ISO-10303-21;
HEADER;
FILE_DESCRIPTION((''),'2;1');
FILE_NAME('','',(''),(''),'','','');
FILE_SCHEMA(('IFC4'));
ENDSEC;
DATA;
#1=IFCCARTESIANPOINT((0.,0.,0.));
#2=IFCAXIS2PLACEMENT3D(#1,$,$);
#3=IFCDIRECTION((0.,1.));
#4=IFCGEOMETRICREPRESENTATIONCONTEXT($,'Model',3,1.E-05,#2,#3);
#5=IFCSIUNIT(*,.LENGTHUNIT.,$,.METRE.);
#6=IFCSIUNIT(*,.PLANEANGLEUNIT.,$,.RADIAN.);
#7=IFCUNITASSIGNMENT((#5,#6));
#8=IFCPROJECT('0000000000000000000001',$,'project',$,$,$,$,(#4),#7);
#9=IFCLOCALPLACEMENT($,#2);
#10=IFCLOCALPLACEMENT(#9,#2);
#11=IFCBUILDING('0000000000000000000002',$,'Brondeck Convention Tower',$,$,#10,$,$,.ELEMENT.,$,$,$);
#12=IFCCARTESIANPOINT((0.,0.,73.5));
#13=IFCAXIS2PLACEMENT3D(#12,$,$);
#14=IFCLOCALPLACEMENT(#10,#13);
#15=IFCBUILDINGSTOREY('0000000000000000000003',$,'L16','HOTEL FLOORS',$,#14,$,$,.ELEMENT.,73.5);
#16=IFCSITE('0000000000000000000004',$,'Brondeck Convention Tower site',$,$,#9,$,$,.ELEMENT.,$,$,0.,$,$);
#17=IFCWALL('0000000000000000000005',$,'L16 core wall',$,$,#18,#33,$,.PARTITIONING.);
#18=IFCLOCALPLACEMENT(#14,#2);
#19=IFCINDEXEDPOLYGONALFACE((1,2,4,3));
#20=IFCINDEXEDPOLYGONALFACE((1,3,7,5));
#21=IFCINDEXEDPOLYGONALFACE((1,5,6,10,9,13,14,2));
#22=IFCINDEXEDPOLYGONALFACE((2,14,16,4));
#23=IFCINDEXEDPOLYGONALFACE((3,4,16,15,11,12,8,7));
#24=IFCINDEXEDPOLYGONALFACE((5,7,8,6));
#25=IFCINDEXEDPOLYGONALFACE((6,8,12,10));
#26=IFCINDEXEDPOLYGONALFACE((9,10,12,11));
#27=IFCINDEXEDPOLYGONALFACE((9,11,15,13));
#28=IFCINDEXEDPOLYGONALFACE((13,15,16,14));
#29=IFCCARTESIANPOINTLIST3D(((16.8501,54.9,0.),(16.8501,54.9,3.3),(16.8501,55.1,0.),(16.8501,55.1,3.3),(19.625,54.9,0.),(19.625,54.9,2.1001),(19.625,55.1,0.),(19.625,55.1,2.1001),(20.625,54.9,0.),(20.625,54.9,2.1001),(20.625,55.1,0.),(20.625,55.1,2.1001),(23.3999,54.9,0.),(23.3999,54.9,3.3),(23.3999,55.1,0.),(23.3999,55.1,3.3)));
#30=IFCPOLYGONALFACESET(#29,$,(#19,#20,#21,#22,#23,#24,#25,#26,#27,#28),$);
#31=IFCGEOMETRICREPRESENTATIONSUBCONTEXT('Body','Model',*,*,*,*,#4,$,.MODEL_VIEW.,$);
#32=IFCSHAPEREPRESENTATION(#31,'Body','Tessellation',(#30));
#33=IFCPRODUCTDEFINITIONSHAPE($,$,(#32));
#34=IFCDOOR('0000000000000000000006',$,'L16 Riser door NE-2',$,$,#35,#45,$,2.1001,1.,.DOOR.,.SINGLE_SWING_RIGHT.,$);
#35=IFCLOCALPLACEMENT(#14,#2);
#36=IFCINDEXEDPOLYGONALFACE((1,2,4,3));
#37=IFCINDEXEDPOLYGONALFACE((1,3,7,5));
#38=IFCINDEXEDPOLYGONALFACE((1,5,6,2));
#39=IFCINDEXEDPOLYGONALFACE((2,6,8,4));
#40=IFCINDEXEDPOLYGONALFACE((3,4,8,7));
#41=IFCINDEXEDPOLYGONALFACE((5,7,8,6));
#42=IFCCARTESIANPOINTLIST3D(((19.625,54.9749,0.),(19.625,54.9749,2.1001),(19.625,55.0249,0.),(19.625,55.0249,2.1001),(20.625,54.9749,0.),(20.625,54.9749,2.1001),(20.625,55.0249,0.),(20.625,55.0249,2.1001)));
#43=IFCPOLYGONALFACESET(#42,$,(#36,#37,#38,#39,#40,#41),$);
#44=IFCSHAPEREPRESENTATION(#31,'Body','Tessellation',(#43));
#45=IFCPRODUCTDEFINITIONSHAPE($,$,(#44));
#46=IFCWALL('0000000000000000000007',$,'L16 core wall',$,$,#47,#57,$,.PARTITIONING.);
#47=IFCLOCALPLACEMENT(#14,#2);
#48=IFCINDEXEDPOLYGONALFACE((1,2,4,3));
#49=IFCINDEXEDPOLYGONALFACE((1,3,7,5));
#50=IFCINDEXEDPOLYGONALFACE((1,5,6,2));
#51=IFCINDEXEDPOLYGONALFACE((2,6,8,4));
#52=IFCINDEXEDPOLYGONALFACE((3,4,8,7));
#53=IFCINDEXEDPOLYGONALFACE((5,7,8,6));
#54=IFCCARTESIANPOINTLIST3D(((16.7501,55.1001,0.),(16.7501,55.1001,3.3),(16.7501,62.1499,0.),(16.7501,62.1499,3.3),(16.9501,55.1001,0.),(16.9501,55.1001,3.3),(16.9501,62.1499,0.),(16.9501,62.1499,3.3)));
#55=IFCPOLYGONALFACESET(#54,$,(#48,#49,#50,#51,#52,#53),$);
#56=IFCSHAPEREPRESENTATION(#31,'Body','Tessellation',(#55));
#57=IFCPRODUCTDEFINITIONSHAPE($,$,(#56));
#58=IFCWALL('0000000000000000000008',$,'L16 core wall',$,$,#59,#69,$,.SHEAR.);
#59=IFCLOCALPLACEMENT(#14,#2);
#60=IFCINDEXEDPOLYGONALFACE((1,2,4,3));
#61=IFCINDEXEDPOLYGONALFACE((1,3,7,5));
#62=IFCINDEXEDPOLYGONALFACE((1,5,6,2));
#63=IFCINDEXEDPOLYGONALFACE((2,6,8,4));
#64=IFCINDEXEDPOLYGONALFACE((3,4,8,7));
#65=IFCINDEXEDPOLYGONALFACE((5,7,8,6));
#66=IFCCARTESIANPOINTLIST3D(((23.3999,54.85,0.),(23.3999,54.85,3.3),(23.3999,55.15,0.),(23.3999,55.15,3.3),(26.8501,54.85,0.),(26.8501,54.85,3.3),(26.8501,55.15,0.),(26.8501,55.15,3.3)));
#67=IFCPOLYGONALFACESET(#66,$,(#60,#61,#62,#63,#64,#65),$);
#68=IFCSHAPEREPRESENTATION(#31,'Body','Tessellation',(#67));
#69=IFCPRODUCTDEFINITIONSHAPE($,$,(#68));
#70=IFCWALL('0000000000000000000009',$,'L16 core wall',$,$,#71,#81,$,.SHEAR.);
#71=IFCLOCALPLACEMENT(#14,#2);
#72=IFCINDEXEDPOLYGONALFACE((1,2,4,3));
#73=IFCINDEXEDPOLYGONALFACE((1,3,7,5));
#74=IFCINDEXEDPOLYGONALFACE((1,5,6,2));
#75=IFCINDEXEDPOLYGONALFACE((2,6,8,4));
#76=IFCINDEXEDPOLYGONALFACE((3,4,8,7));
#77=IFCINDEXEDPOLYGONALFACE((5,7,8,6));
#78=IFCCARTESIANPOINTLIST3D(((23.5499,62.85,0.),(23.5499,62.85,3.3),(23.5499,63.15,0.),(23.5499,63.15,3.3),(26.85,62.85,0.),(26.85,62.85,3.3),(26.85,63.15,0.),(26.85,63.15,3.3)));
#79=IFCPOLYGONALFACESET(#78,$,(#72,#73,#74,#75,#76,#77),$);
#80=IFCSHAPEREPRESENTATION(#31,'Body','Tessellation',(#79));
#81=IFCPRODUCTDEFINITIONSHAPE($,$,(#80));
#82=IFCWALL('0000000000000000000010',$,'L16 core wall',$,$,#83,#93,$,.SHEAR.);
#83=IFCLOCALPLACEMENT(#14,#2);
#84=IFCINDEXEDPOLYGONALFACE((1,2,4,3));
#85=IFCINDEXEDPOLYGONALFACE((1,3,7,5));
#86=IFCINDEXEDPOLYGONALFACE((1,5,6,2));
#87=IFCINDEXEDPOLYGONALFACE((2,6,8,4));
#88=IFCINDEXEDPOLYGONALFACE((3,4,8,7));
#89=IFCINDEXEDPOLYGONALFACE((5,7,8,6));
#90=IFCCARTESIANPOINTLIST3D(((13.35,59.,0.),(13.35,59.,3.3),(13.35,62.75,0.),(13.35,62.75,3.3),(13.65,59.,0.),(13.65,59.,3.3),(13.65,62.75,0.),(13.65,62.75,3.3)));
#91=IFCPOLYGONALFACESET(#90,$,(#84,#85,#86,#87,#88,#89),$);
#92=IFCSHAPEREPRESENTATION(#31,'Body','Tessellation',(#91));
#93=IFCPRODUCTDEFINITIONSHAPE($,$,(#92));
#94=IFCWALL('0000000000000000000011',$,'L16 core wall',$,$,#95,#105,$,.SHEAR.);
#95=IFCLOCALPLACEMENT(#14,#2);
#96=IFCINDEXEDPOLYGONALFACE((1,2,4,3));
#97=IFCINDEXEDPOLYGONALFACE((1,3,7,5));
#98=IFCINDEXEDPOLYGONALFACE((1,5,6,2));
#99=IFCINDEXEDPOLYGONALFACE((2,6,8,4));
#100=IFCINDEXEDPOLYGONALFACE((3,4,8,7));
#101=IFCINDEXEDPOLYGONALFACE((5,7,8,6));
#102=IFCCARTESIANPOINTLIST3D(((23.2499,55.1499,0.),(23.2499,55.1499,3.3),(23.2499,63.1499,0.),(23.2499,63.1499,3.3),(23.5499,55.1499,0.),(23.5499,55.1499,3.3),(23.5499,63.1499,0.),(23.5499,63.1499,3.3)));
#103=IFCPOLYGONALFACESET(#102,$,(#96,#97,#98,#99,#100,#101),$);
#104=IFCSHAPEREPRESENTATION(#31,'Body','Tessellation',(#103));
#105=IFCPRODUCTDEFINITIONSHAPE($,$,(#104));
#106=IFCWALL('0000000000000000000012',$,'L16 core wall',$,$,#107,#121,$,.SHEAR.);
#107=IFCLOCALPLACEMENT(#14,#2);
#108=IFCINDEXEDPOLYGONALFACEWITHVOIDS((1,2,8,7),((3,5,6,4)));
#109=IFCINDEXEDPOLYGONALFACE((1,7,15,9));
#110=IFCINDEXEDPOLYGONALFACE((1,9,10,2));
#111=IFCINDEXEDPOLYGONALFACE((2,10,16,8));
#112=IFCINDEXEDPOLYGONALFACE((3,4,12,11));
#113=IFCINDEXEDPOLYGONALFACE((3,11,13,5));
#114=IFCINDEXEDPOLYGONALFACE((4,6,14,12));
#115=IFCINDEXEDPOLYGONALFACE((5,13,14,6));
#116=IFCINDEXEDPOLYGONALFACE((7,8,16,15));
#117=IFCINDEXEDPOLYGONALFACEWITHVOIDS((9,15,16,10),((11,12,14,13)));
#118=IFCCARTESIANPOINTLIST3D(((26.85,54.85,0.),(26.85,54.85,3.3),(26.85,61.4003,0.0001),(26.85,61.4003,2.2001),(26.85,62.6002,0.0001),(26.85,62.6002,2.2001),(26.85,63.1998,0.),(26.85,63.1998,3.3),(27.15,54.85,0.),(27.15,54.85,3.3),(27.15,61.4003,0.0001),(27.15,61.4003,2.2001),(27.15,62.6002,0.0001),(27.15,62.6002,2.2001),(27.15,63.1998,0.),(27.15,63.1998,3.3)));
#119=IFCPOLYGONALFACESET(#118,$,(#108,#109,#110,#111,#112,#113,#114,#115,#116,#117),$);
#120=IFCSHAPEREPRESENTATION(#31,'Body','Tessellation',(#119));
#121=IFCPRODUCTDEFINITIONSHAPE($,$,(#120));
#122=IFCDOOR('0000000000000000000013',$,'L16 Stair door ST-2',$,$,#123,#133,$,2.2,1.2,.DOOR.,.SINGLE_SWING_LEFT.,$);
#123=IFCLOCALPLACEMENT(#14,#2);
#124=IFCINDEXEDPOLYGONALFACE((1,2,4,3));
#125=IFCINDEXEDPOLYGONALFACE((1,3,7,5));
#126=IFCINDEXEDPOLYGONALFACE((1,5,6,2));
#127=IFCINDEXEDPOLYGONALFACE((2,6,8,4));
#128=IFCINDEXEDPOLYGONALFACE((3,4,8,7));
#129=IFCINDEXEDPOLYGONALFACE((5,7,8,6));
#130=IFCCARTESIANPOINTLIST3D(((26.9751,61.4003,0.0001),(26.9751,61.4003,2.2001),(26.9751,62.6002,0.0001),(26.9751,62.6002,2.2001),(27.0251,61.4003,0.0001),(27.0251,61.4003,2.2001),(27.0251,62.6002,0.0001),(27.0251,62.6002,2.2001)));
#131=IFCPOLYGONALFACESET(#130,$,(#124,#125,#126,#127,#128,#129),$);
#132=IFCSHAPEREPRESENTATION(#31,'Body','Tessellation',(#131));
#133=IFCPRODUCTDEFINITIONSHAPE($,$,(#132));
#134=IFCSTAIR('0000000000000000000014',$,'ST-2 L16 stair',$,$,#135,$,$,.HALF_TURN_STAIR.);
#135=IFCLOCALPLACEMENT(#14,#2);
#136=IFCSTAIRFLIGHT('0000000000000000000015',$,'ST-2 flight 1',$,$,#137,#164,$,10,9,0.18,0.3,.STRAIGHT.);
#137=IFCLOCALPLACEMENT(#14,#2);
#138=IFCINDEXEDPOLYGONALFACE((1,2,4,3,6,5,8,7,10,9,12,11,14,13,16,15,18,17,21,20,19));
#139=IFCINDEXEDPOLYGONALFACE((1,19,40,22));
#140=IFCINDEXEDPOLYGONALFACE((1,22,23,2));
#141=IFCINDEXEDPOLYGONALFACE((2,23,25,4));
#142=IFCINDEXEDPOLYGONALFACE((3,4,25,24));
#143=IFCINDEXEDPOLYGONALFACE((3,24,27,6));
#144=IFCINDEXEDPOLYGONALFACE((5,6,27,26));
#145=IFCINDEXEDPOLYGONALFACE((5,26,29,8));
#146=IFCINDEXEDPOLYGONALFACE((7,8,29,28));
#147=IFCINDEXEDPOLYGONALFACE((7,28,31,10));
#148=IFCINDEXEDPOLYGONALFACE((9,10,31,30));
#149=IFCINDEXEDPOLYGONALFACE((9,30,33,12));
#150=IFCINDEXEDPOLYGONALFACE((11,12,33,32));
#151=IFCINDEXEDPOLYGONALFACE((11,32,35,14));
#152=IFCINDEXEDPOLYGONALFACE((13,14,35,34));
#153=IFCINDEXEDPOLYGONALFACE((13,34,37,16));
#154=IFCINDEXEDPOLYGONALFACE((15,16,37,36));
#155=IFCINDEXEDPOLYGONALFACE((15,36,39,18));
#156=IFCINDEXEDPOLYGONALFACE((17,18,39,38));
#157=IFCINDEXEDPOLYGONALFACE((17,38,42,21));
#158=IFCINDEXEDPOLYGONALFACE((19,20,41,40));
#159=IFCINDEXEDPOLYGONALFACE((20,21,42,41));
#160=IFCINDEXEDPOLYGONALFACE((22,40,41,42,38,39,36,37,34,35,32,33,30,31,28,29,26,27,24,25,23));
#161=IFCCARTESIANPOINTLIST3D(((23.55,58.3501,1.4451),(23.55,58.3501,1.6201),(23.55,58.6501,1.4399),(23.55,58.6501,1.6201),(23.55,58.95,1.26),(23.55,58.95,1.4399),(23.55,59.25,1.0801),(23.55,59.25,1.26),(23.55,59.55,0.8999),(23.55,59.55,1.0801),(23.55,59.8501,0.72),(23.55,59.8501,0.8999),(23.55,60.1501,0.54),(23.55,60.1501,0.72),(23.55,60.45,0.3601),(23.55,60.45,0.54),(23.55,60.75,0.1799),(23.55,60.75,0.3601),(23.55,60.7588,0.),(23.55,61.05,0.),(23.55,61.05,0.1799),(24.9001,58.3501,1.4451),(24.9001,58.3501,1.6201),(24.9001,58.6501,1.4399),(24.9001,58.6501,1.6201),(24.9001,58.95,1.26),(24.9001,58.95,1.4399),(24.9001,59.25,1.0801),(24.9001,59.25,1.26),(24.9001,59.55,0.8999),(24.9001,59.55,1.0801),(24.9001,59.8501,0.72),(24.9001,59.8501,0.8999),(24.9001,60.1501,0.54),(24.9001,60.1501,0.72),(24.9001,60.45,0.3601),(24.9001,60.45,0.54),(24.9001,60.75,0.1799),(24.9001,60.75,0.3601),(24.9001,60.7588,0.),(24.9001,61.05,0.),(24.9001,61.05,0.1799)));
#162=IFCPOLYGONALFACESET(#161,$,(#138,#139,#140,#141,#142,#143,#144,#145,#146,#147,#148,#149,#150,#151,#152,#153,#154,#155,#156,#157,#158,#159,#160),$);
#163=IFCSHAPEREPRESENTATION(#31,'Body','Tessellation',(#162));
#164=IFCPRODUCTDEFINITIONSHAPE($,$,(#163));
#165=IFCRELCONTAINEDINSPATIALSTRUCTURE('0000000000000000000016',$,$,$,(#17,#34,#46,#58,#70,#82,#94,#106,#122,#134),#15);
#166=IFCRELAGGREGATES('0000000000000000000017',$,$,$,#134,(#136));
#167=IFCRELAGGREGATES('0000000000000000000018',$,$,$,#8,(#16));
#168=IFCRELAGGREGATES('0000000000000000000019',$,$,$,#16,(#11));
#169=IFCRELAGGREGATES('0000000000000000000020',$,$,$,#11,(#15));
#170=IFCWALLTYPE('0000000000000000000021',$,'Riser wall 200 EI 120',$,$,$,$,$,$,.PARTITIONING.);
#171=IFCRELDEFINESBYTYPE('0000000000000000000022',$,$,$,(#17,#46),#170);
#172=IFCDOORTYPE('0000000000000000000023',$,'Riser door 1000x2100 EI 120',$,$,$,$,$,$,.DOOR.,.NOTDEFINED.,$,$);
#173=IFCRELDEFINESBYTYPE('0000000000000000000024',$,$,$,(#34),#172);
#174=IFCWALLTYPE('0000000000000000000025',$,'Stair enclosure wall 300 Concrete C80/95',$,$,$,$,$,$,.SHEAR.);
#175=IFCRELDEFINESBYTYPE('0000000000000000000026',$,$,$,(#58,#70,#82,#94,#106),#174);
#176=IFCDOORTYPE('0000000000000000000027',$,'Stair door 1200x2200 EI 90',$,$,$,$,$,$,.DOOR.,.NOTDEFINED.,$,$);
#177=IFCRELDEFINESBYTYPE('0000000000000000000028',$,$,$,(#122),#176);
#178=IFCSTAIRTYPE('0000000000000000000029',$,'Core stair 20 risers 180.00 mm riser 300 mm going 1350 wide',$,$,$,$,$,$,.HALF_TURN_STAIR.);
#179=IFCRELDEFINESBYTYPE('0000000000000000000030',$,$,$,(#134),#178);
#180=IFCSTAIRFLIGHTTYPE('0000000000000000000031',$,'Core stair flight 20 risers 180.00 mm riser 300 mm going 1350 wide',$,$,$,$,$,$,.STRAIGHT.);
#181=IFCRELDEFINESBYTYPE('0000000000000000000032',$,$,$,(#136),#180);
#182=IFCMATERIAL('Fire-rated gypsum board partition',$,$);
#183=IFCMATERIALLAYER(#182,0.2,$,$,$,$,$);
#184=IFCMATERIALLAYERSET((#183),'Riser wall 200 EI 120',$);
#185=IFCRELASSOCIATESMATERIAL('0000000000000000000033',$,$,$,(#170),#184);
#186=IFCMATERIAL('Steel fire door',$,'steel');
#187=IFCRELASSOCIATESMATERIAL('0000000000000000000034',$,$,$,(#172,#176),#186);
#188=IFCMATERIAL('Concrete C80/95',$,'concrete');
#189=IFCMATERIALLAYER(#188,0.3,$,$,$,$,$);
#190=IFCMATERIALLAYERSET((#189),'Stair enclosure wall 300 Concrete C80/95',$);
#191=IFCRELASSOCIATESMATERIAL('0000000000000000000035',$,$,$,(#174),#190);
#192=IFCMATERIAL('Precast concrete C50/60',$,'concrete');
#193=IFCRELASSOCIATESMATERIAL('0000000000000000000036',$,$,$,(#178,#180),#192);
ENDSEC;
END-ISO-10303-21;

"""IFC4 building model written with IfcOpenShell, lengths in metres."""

from ifc_helpers import new_model, si_unit, direction, frame, frame_2d, origin, place, context, subcontext, project, spatial, polyline, rectangle, outline, extrude, material, layer, layer_set, type_object, element, fill, aggregate, save


model = new_model("IFC4")

# Units and contexts
model_context = context("Model", 3, precision=1e-05, world=origin(), true_north=direction((0.0, 1.0)))
body_context = subcontext(model_context, "Body", "Model", "MODEL_VIEW")
ifc_project = project(units=[si_unit("LENGTHUNIT", "METRE"), si_unit("PLANEANGLEUNIT", "RADIAN")], contexts=[model_context])

# Site, building, storey
site_placement = place(None, origin())
site = spatial("IfcSite", under=ifc_project, at=site_placement, Name="Brondeck Convention Tower site", CompositionType="ELEMENT", RefElevation=0.0)
building_placement = place(site_placement, origin())
building = spatial("IfcBuilding", under=site, at=building_placement, Name="Brondeck Convention Tower", CompositionType="ELEMENT")
storey_placement = place(building_placement, frame((0.0, 0.0, 73.5)))
storey = spatial("IfcBuildingStorey", under=building, at=storey_placement, Name="L16", Description="HOTEL FLOORS", CompositionType="ELEMENT", Elevation=73.5)

# Shared definitions
ifc_material_1 = material(Name="Concrete C80/95", Category="concrete")

# Shared definitions
ifc_material_2 = material(Name="Fire-rated gypsum board partition")
ifc_material_3 = material(Name="Steel fire door", Category="steel")

# Shared definitions
ifc_layer_1 = layer(ifc_material_2, 0.2)
ifc_layer_set_1 = layer_set([ifc_layer_1], Name="Riser wall 200 EI 120")
wall_type_1 = type_object("IfcWallType", Name="Riser wall 200 EI 120", PredefinedType="PARTITIONING", material=ifc_layer_set_1)

# Wall, opening, door
wall_1_placement = place(storey_placement, frame((16.8501, 55.0, 0.0), z_axis=(0.0, 0.0, 1.0), x_axis=(1.0, 0.0, 0.0)))
wall_1 = element("IfcWall", 1, at=wall_1_placement, inside=storey, type_object=wall_type_1, Name="L16 core wall", PredefinedType="PARTITIONING", context=body_context, shape_type="SweptSolid", body=[
    extrude(rectangle(XDim=6.5498, YDim=0.2, at=frame_2d((3.2749, 0.0))), origin(), (0.0, 0.0, 1.0), 3.3),
])
opening_1_placement = place(wall_1_placement, frame((2.7749, 0.0, 0.0)))
opening_1 = element("IfcOpeningElement", 2, at=opening_1_placement, cuts=wall_1, PredefinedType="OPENING", context=body_context, shape_type="SweptSolid", body=[
    extrude(rectangle(XDim=1.0, YDim=2.1001, at=frame_2d((0.5, 1.05))), frame((0.0, 0.1099, 0.0), z_axis=(0.0, -1.0, 0.0), x_axis=(1.0, 0.0, 0.0)), (0.0, 0.0, 1.0), 0.22),
])
door_type_1 = type_object("IfcDoorType", Name="Riser door 1000x2100 EI 120", OperationType="NOTDEFINED", PredefinedType="DOOR", material=ifc_material_3)
door_1_placement = place(opening_1_placement, origin())
door_1 = element("IfcDoor", 3, at=door_1_placement, inside=storey, type_object=door_type_1, Name="L16 Riser door NE-2", OperationType="SINGLE_SWING_RIGHT", OverallHeight=2.1001, OverallWidth=1.0, PredefinedType="DOOR", context=body_context, shape_type="SweptSolid", body=[
    extrude(rectangle(XDim=1.0, YDim=2.1001, at=frame_2d((0.5, 1.05))), frame((0.0, 0.0249, 0.0), z_axis=(0.0, -1.0, 0.0), x_axis=(1.0, 0.0, 0.0)), (0.0, 0.0, 1.0), 0.05),
])
fill(opening_1, door_1)

# Walls
wall_2_placement = place(storey_placement, frame((16.8501, 55.1001, 0.0), z_axis=(0.0, 0.0, 1.0), x_axis=(0.0, 1.0, 0.0)))
element("IfcWall", 4, at=wall_2_placement, inside=storey, type_object=wall_type_1, Name="L16 core wall", PredefinedType="PARTITIONING", context=body_context, shape_type="SweptSolid", body=[
    extrude(rectangle(XDim=7.0498, YDim=0.2, at=frame_2d((3.5249, 0.0))), origin(), (0.0, 0.0, 1.0), 3.3),
])
ifc_layer_2 = layer(ifc_material_1, 0.3)
ifc_layer_set_2 = layer_set([ifc_layer_2], Name="Stair enclosure wall 300 Concrete C80/95")
wall_type_2 = type_object("IfcWallType", Name="Stair enclosure wall 300 Concrete C80/95", PredefinedType="SHEAR", material=ifc_layer_set_2)
wall_3_placement = place(storey_placement, frame((23.3999, 55.0, 0.0), z_axis=(0.0, 0.0, 1.0), x_axis=(1.0, 0.0, 0.0)))
element("IfcWall", 5, at=wall_3_placement, inside=storey, type_object=wall_type_2, Name="L16 core wall", PredefinedType="SHEAR", context=body_context, shape_type="SweptSolid", body=[
    extrude(rectangle(XDim=3.4502, YDim=0.3, at=frame_2d((1.7251, 0.0))), origin(), (0.0, 0.0, 1.0), 3.3),
])
wall_4_placement = place(storey_placement, frame((23.55, 63.0, 0.0), z_axis=(0.0, 0.0, 1.0), x_axis=(1.0, 0.0, 0.0)))
element("IfcWall", 6, at=wall_4_placement, inside=storey, type_object=wall_type_2, Name="L16 core wall", PredefinedType="SHEAR", context=body_context, shape_type="SweptSolid", body=[
    extrude(rectangle(XDim=3.3, YDim=0.3, at=frame_2d((1.6499, 0.0))), origin(), (0.0, 0.0, 1.0), 3.3),
])
wall_5_placement = place(storey_placement, frame((13.5, 59.0, 0.0), z_axis=(0.0, 0.0, 1.0), x_axis=(0.0, 1.0, 0.0)))
element("IfcWall", 7, at=wall_5_placement, inside=storey, type_object=wall_type_2, Name="L16 core wall", PredefinedType="SHEAR", context=body_context, shape_type="SweptSolid", body=[
    extrude(rectangle(XDim=3.75, YDim=0.3, at=frame_2d((1.875, 0.0))), origin(), (0.0, 0.0, 1.0), 3.3),
])
wall_6_placement = place(storey_placement, frame((23.3999, 55.1499, 0.0), z_axis=(0.0, 0.0, 1.0), x_axis=(0.0, 1.0, 0.0)))
element("IfcWall", 8, at=wall_6_placement, inside=storey, type_object=wall_type_2, Name="L16 core wall", PredefinedType="SHEAR", context=body_context, shape_type="SweptSolid", body=[
    extrude(rectangle(XDim=8.0, YDim=0.3, at=frame_2d((4.0, 0.0))), origin(), (0.0, 0.0, 1.0), 3.3),
])

# Wall, opening, door
wall_7_placement = place(storey_placement, frame((27.0, 54.8501, 0.0), z_axis=(0.0, 0.0, 1.0), x_axis=(0.0, 1.0, 0.0)))
wall_7 = element("IfcWall", 9, at=wall_7_placement, inside=storey, type_object=wall_type_2, Name="L16 core wall", PredefinedType="SHEAR", context=body_context, shape_type="SweptSolid", body=[
    extrude(rectangle(XDim=8.3499, YDim=0.3, at=frame_2d((4.1748, 0.0))), origin(), (0.0, 0.0, 1.0), 3.3),
])
opening_2_placement = place(wall_7_placement, frame((6.55, 0.0, 0.0)))
opening_2 = element("IfcOpeningElement", 10, at=opening_2_placement, cuts=wall_7, PredefinedType="OPENING", context=body_context, shape_type="SweptSolid", body=[
    extrude(rectangle(XDim=1.2, YDim=2.2, at=frame_2d((0.6001, 1.1001))), frame((0.0, 0.1599, 0.0), z_axis=(0.0, -1.0, 0.0), x_axis=(1.0, 0.0, 0.0)), (0.0, 0.0, 1.0), 0.3201),
])
door_type_2 = type_object("IfcDoorType", Name="Stair door 1200x2200 EI 90", OperationType="NOTDEFINED", PredefinedType="DOOR", material=ifc_material_3)
door_2_placement = place(opening_2_placement, origin())
door_2 = element("IfcDoor", 11, at=door_2_placement, inside=storey, type_object=door_type_2, Name="L16 Stair door ST-2", OperationType="SINGLE_SWING_LEFT", OverallHeight=2.2, OverallWidth=1.2, PredefinedType="DOOR", context=body_context, shape_type="SweptSolid", body=[
    extrude(rectangle(XDim=1.2, YDim=2.2, at=frame_2d((0.6001, 1.1001))), frame((0.0, 0.0249, 0.0), z_axis=(0.0, -1.0, 0.0), x_axis=(1.0, 0.0, 0.0)), (0.0, 0.0, 1.0), 0.05),
])
fill(opening_2, door_2)

# Stair, stair flight
ifc_material_4 = material(Name="Precast concrete C50/60", Category="concrete")
stair_type = type_object("IfcStairType", Name="Core stair 20 risers 180.00 mm riser 300 mm going 1350 wide", PredefinedType="HALF_TURN_STAIR", material=ifc_material_4)
stair_1_placement = place(storey_placement, origin())
stair_1 = element("IfcStair", 12, at=stair_1_placement, inside=storey, type_object=stair_type, Name="ST-2 L16 stair", PredefinedType="HALF_TURN_STAIR")
stair_flight_type = type_object("IfcStairFlightType", Name="Core stair flight 20 risers 180.00 mm riser 300 mm going 1350 wide", PredefinedType="STRAIGHT", material=ifc_material_4)
stair_flight_1_placement = place(storey_placement, frame((24.2251, 61.05, 0.0), z_axis=(0.0, 0.0, 1.0), x_axis=(0.0, -1.0, 0.0)))
stair_flight_1 = element("IfcStairFlight", 13, at=stair_flight_1_placement, type_object=stair_flight_type, Name="ST-2 flight 1", NumberOfRisers=10, NumberOfTreads=9, PredefinedType="STRAIGHT", RiserHeight=0.18, TreadLength=0.3, context=body_context, shape_type="SweptSolid", body=[
    extrude(outline(polyline([(0.0, 0.0), (0.0, 0.1799), (0.3, 0.1799), (0.3, 0.3601), (0.6001, 0.3601), (0.6001, 0.54), (0.8999, 0.54), (0.8999, 0.72), (1.2, 0.72), (1.2, 0.8999), (1.5, 0.8999), (1.5, 1.0801), (1.8, 1.0801), (1.8, 1.26), (2.1001, 1.26), (2.1001, 1.4399), (2.3999, 1.4399), (2.3999, 1.6201), (2.7, 1.6201), (2.7, 1.8), (2.7, 1.4451), (0.2913, 0.0), (0.0, 0.0)])), frame((0.0, 0.675, 0.0), z_axis=(0.0, -1.0, 0.0), x_axis=(1.0, 0.0, 0.0)), (0.0, 0.0, 1.0), 1.3501),
])
aggregate(stair_1, [stair_flight_1])

save(model, "model.ifc")
